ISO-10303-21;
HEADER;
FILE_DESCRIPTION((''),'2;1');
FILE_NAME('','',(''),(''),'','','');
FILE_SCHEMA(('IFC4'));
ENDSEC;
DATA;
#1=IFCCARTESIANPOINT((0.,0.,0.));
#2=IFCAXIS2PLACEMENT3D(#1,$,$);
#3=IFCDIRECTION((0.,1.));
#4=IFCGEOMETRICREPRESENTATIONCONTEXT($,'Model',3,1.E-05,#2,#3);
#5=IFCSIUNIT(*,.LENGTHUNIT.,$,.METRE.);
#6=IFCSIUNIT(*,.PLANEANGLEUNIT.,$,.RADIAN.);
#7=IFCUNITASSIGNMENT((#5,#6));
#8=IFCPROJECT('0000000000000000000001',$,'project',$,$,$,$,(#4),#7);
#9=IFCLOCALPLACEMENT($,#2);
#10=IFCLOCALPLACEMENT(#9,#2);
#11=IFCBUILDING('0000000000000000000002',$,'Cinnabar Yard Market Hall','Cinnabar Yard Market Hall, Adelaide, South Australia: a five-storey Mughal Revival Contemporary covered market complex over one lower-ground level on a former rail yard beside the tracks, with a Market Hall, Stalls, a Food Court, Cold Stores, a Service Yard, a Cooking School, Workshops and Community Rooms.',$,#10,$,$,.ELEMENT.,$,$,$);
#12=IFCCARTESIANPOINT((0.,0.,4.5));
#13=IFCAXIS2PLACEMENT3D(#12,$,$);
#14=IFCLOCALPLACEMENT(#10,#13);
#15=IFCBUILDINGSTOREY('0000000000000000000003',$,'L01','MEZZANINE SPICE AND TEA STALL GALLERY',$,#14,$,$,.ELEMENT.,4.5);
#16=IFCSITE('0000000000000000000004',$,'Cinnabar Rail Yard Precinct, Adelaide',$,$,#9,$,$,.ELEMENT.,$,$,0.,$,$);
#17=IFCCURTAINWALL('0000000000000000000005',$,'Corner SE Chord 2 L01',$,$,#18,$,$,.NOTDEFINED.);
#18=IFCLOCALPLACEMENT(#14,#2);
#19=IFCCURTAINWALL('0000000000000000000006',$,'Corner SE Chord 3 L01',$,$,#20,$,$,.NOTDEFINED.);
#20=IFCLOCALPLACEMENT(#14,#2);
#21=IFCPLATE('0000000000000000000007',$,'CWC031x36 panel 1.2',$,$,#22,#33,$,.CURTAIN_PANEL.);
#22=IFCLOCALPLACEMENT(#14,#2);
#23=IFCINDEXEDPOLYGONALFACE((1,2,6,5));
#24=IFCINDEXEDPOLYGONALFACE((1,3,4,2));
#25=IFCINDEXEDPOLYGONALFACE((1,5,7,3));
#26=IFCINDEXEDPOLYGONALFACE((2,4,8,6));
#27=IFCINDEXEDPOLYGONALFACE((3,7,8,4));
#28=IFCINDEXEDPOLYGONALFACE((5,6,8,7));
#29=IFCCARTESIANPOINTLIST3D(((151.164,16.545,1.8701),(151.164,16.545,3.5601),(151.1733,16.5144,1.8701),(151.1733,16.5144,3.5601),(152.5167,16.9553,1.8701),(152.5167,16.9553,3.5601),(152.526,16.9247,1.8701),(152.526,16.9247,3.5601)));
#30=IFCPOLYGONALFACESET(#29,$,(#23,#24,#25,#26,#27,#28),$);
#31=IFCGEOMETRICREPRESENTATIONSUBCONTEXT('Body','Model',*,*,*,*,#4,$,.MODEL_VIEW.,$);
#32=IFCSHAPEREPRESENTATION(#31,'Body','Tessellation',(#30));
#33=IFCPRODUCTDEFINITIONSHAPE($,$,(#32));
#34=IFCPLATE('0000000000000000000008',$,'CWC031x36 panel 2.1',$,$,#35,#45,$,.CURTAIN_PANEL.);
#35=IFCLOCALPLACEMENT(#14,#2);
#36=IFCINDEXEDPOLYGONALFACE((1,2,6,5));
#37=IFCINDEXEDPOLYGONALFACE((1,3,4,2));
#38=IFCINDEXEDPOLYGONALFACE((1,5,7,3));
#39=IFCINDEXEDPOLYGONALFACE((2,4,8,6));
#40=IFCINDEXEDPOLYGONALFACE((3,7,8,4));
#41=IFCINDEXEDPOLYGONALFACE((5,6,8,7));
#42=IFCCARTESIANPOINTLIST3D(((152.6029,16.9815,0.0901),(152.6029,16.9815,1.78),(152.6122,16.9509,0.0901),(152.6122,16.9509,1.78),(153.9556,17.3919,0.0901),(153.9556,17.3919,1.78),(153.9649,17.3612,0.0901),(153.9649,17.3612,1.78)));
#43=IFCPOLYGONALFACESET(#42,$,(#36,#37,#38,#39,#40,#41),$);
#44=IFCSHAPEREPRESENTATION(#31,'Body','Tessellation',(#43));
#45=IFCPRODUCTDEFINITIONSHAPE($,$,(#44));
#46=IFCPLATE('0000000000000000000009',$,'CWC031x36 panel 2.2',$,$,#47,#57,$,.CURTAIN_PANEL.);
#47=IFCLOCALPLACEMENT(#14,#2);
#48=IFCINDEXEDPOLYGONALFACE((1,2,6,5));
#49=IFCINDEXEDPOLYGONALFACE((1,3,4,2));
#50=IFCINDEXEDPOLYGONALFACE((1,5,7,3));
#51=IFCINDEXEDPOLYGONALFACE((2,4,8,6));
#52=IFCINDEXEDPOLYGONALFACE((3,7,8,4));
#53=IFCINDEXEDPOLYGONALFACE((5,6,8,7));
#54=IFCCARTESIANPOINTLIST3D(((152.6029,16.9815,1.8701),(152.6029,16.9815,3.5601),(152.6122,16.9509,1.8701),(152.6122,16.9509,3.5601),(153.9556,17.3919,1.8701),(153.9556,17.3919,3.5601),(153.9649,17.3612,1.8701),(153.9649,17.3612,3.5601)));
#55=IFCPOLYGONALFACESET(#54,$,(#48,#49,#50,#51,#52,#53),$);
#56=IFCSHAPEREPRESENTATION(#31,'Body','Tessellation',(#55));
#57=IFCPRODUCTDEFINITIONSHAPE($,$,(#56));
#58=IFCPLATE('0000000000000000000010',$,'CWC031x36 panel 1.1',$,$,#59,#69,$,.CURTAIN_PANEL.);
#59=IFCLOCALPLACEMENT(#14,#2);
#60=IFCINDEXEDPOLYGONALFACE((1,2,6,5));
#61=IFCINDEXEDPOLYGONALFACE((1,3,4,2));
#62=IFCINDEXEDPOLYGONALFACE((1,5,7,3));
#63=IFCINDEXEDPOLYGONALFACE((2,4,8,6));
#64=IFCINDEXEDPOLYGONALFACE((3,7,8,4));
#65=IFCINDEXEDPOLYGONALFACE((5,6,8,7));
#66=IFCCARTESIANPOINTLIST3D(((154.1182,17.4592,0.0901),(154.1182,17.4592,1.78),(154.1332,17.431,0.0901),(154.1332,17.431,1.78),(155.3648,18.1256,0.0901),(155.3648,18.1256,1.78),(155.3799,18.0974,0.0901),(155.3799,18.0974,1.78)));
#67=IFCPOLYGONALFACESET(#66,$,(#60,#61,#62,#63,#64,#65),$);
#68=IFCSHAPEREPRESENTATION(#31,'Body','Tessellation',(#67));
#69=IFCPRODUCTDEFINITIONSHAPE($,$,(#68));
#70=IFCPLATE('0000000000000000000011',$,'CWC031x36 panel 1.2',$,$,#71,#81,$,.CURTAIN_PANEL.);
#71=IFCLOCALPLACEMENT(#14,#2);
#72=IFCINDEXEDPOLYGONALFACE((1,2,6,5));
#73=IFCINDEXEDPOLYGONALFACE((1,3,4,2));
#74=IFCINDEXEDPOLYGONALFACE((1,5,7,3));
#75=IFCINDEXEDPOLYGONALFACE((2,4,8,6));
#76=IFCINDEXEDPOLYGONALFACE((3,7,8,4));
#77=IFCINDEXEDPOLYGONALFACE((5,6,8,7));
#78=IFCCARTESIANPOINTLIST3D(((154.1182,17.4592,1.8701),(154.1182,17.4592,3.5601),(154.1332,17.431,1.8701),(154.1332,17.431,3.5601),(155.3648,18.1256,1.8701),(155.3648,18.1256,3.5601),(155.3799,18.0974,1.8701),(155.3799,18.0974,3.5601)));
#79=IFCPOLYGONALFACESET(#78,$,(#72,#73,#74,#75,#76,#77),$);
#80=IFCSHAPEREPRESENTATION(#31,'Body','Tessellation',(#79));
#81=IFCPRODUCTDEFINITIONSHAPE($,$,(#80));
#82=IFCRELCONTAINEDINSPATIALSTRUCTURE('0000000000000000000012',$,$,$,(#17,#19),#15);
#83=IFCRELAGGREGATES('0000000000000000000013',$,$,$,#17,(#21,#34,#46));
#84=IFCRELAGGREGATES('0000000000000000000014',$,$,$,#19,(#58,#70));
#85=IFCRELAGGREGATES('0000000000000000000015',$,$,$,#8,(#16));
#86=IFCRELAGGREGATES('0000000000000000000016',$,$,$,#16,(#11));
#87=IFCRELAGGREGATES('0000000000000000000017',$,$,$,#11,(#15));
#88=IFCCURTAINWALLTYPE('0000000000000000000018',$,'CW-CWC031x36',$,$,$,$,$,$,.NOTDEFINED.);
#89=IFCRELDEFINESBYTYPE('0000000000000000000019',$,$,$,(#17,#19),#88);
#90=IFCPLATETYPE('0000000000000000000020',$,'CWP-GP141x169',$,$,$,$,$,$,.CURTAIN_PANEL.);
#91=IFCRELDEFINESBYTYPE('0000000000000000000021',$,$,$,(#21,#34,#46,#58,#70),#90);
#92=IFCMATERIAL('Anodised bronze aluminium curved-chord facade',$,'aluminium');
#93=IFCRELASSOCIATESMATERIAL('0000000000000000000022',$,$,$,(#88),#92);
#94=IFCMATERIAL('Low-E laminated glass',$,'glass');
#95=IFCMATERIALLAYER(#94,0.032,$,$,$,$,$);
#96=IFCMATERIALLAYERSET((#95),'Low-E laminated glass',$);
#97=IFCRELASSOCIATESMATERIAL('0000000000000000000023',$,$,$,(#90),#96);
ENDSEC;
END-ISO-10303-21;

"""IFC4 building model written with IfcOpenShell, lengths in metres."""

from ifc_helpers import new_model, si_unit, direction, frame, origin, origin_2d_with_axis, place, context, subcontext, project, spatial, rectangle, extrude, material, layer, layer_set, type_object, element, aggregate, save


model = new_model("IFC4")

# Units and contexts
model_context = context("Model", 3, precision=1e-05, world=origin(), true_north=direction((0.0, 1.0)))
body_context = subcontext(model_context, "Body", "Model", "MODEL_VIEW")
ifc_project = project(units=[si_unit("LENGTHUNIT", "METRE"), si_unit("PLANEANGLEUNIT", "RADIAN")], contexts=[model_context])

# Site, building, storey
site_placement = place(None, origin())
site = spatial("IfcSite", under=ifc_project, at=site_placement, Name="Cinnabar Rail Yard Precinct, Adelaide", CompositionType="ELEMENT", RefElevation=0.0)
building_placement = place(site_placement, origin())
building = spatial("IfcBuilding", under=site, at=building_placement, Name="Cinnabar Yard Market Hall", Description="Cinnabar Yard Market Hall, Adelaide, South Australia: a five-storey Mughal Revival Contemporary covered market complex over one lower-ground level on a former rail yard beside the tracks, with a Market Hall, Stalls, a Food Court, Cold Stores, a Service Yard, a Cooking School, Workshops and Community Rooms.", CompositionType="ELEMENT")
storey_placement = place(building_placement, frame((0.0, 0.0, 4.5)))
storey = spatial("IfcBuildingStorey", under=building, at=storey_placement, Name="L01", Description="MEZZANINE SPICE AND TEA STALL GALLERY", CompositionType="ELEMENT", Elevation=4.5)

# Curtain wall
ifc_material_1 = material(Name="Anodised bronze aluminium curved-chord facade", Category="aluminium")
curtain_wall_type_1 = type_object("IfcCurtainWallType", Name="CW-CWC031x36", PredefinedType="NOTDEFINED", material=ifc_material_1)
curtain_wall_1_placement = place(storey_placement, origin())
curtain_wall_1 = element("IfcCurtainWall", 1, at=curtain_wall_1_placement, inside=storey, type_object=curtain_wall_type_1, Name="Corner SE Chord 2 L01", PredefinedType="NOTDEFINED")

# Curtain wall
curtain_wall_2_placement = place(storey_placement, origin())
curtain_wall_2 = element("IfcCurtainWall", 2, at=curtain_wall_2_placement, inside=storey, type_object=curtain_wall_type_1, Name="Corner SE Chord 3 L01", PredefinedType="NOTDEFINED")

# Plates
ifc_material_2 = material(Name="Low-E laminated glass", Category="glass")
ifc_layer = layer(ifc_material_2, 0.032)
ifc_layer_set = layer_set([ifc_layer], Name="Low-E laminated glass")
plate_type = type_object("IfcPlateType", Name="CWP-GP141x169", PredefinedType="CURTAIN_PANEL", material=ifc_layer_set)
plate_1_placement = place(storey_placement, frame((151.845, 16.7349, 1.8701), z_axis=(0.0, 0.0, 1.0), x_axis=(0.956942, 0.290279, 0.0)))
plate_1 = element("IfcPlate", 3, at=plate_1_placement, type_object=plate_type, Name="CWC031x36 panel 1.2", PredefinedType="CURTAIN_PANEL", context=body_context, shape_type="SweptSolid", body=[
    extrude(rectangle(XDim=1.4136, YDim=0.032, at=origin_2d_with_axis()), origin(), (0.0, 0.0, 1.0), 1.6899),
])
plate_2_placement = place(storey_placement, frame((153.2839, 17.1714, 0.0901), z_axis=(0.0, 0.0, 1.0), x_axis=(0.956942, 0.290279, 0.0)))
plate_2 = element("IfcPlate", 4, at=plate_2_placement, type_object=plate_type, Name="CWC031x36 panel 2.1", PredefinedType="CURTAIN_PANEL", context=body_context, shape_type="SweptSolid", body=[
    extrude(rectangle(XDim=1.4136, YDim=0.032, at=origin_2d_with_axis()), origin(), (0.0, 0.0, 1.0), 1.6899),
])
plate_3_placement = place(storey_placement, frame((153.2839, 17.1714, 1.8701), z_axis=(0.0, 0.0, 1.0), x_axis=(0.956942, 0.290279, 0.0)))
plate_3 = element("IfcPlate", 5, at=plate_3_placement, type_object=plate_type, Name="CWC031x36 panel 2.2", PredefinedType="CURTAIN_PANEL", context=body_context, shape_type="SweptSolid", body=[
    extrude(rectangle(XDim=1.4136, YDim=0.032, at=origin_2d_with_axis()), origin(), (0.0, 0.0, 1.0), 1.6899),
])
aggregate(curtain_wall_1, [plate_1, plate_2, plate_3])
plate_4_placement = place(storey_placement, frame((154.749, 17.7783, 0.0901), z_axis=(0.0, 0.0, 1.0), x_axis=(0.881917, 0.471404, 0.0)))
plate_4 = element("IfcPlate", 6, at=plate_4_placement, type_object=plate_type, Name="CWC031x36 panel 1.1", PredefinedType="CURTAIN_PANEL", context=body_context, shape_type="SweptSolid", body=[
    extrude(rectangle(XDim=1.4136, YDim=0.032, at=origin_2d_with_axis()), origin(), (0.0, 0.0, 1.0), 1.6899),
])
plate_5_placement = place(storey_placement, frame((154.749, 17.7783, 1.8701), z_axis=(0.0, 0.0, 1.0), x_axis=(0.881917, 0.471404, 0.0)))
plate_5 = element("IfcPlate", 7, at=plate_5_placement, type_object=plate_type, Name="CWC031x36 panel 1.2", PredefinedType="CURTAIN_PANEL", context=body_context, shape_type="SweptSolid", body=[
    extrude(rectangle(XDim=1.4136, YDim=0.032, at=origin_2d_with_axis()), origin(), (0.0, 0.0, 1.0), 1.6899),
])
aggregate(curtain_wall_2, [plate_4, plate_5])

save(model, "model.ifc")
